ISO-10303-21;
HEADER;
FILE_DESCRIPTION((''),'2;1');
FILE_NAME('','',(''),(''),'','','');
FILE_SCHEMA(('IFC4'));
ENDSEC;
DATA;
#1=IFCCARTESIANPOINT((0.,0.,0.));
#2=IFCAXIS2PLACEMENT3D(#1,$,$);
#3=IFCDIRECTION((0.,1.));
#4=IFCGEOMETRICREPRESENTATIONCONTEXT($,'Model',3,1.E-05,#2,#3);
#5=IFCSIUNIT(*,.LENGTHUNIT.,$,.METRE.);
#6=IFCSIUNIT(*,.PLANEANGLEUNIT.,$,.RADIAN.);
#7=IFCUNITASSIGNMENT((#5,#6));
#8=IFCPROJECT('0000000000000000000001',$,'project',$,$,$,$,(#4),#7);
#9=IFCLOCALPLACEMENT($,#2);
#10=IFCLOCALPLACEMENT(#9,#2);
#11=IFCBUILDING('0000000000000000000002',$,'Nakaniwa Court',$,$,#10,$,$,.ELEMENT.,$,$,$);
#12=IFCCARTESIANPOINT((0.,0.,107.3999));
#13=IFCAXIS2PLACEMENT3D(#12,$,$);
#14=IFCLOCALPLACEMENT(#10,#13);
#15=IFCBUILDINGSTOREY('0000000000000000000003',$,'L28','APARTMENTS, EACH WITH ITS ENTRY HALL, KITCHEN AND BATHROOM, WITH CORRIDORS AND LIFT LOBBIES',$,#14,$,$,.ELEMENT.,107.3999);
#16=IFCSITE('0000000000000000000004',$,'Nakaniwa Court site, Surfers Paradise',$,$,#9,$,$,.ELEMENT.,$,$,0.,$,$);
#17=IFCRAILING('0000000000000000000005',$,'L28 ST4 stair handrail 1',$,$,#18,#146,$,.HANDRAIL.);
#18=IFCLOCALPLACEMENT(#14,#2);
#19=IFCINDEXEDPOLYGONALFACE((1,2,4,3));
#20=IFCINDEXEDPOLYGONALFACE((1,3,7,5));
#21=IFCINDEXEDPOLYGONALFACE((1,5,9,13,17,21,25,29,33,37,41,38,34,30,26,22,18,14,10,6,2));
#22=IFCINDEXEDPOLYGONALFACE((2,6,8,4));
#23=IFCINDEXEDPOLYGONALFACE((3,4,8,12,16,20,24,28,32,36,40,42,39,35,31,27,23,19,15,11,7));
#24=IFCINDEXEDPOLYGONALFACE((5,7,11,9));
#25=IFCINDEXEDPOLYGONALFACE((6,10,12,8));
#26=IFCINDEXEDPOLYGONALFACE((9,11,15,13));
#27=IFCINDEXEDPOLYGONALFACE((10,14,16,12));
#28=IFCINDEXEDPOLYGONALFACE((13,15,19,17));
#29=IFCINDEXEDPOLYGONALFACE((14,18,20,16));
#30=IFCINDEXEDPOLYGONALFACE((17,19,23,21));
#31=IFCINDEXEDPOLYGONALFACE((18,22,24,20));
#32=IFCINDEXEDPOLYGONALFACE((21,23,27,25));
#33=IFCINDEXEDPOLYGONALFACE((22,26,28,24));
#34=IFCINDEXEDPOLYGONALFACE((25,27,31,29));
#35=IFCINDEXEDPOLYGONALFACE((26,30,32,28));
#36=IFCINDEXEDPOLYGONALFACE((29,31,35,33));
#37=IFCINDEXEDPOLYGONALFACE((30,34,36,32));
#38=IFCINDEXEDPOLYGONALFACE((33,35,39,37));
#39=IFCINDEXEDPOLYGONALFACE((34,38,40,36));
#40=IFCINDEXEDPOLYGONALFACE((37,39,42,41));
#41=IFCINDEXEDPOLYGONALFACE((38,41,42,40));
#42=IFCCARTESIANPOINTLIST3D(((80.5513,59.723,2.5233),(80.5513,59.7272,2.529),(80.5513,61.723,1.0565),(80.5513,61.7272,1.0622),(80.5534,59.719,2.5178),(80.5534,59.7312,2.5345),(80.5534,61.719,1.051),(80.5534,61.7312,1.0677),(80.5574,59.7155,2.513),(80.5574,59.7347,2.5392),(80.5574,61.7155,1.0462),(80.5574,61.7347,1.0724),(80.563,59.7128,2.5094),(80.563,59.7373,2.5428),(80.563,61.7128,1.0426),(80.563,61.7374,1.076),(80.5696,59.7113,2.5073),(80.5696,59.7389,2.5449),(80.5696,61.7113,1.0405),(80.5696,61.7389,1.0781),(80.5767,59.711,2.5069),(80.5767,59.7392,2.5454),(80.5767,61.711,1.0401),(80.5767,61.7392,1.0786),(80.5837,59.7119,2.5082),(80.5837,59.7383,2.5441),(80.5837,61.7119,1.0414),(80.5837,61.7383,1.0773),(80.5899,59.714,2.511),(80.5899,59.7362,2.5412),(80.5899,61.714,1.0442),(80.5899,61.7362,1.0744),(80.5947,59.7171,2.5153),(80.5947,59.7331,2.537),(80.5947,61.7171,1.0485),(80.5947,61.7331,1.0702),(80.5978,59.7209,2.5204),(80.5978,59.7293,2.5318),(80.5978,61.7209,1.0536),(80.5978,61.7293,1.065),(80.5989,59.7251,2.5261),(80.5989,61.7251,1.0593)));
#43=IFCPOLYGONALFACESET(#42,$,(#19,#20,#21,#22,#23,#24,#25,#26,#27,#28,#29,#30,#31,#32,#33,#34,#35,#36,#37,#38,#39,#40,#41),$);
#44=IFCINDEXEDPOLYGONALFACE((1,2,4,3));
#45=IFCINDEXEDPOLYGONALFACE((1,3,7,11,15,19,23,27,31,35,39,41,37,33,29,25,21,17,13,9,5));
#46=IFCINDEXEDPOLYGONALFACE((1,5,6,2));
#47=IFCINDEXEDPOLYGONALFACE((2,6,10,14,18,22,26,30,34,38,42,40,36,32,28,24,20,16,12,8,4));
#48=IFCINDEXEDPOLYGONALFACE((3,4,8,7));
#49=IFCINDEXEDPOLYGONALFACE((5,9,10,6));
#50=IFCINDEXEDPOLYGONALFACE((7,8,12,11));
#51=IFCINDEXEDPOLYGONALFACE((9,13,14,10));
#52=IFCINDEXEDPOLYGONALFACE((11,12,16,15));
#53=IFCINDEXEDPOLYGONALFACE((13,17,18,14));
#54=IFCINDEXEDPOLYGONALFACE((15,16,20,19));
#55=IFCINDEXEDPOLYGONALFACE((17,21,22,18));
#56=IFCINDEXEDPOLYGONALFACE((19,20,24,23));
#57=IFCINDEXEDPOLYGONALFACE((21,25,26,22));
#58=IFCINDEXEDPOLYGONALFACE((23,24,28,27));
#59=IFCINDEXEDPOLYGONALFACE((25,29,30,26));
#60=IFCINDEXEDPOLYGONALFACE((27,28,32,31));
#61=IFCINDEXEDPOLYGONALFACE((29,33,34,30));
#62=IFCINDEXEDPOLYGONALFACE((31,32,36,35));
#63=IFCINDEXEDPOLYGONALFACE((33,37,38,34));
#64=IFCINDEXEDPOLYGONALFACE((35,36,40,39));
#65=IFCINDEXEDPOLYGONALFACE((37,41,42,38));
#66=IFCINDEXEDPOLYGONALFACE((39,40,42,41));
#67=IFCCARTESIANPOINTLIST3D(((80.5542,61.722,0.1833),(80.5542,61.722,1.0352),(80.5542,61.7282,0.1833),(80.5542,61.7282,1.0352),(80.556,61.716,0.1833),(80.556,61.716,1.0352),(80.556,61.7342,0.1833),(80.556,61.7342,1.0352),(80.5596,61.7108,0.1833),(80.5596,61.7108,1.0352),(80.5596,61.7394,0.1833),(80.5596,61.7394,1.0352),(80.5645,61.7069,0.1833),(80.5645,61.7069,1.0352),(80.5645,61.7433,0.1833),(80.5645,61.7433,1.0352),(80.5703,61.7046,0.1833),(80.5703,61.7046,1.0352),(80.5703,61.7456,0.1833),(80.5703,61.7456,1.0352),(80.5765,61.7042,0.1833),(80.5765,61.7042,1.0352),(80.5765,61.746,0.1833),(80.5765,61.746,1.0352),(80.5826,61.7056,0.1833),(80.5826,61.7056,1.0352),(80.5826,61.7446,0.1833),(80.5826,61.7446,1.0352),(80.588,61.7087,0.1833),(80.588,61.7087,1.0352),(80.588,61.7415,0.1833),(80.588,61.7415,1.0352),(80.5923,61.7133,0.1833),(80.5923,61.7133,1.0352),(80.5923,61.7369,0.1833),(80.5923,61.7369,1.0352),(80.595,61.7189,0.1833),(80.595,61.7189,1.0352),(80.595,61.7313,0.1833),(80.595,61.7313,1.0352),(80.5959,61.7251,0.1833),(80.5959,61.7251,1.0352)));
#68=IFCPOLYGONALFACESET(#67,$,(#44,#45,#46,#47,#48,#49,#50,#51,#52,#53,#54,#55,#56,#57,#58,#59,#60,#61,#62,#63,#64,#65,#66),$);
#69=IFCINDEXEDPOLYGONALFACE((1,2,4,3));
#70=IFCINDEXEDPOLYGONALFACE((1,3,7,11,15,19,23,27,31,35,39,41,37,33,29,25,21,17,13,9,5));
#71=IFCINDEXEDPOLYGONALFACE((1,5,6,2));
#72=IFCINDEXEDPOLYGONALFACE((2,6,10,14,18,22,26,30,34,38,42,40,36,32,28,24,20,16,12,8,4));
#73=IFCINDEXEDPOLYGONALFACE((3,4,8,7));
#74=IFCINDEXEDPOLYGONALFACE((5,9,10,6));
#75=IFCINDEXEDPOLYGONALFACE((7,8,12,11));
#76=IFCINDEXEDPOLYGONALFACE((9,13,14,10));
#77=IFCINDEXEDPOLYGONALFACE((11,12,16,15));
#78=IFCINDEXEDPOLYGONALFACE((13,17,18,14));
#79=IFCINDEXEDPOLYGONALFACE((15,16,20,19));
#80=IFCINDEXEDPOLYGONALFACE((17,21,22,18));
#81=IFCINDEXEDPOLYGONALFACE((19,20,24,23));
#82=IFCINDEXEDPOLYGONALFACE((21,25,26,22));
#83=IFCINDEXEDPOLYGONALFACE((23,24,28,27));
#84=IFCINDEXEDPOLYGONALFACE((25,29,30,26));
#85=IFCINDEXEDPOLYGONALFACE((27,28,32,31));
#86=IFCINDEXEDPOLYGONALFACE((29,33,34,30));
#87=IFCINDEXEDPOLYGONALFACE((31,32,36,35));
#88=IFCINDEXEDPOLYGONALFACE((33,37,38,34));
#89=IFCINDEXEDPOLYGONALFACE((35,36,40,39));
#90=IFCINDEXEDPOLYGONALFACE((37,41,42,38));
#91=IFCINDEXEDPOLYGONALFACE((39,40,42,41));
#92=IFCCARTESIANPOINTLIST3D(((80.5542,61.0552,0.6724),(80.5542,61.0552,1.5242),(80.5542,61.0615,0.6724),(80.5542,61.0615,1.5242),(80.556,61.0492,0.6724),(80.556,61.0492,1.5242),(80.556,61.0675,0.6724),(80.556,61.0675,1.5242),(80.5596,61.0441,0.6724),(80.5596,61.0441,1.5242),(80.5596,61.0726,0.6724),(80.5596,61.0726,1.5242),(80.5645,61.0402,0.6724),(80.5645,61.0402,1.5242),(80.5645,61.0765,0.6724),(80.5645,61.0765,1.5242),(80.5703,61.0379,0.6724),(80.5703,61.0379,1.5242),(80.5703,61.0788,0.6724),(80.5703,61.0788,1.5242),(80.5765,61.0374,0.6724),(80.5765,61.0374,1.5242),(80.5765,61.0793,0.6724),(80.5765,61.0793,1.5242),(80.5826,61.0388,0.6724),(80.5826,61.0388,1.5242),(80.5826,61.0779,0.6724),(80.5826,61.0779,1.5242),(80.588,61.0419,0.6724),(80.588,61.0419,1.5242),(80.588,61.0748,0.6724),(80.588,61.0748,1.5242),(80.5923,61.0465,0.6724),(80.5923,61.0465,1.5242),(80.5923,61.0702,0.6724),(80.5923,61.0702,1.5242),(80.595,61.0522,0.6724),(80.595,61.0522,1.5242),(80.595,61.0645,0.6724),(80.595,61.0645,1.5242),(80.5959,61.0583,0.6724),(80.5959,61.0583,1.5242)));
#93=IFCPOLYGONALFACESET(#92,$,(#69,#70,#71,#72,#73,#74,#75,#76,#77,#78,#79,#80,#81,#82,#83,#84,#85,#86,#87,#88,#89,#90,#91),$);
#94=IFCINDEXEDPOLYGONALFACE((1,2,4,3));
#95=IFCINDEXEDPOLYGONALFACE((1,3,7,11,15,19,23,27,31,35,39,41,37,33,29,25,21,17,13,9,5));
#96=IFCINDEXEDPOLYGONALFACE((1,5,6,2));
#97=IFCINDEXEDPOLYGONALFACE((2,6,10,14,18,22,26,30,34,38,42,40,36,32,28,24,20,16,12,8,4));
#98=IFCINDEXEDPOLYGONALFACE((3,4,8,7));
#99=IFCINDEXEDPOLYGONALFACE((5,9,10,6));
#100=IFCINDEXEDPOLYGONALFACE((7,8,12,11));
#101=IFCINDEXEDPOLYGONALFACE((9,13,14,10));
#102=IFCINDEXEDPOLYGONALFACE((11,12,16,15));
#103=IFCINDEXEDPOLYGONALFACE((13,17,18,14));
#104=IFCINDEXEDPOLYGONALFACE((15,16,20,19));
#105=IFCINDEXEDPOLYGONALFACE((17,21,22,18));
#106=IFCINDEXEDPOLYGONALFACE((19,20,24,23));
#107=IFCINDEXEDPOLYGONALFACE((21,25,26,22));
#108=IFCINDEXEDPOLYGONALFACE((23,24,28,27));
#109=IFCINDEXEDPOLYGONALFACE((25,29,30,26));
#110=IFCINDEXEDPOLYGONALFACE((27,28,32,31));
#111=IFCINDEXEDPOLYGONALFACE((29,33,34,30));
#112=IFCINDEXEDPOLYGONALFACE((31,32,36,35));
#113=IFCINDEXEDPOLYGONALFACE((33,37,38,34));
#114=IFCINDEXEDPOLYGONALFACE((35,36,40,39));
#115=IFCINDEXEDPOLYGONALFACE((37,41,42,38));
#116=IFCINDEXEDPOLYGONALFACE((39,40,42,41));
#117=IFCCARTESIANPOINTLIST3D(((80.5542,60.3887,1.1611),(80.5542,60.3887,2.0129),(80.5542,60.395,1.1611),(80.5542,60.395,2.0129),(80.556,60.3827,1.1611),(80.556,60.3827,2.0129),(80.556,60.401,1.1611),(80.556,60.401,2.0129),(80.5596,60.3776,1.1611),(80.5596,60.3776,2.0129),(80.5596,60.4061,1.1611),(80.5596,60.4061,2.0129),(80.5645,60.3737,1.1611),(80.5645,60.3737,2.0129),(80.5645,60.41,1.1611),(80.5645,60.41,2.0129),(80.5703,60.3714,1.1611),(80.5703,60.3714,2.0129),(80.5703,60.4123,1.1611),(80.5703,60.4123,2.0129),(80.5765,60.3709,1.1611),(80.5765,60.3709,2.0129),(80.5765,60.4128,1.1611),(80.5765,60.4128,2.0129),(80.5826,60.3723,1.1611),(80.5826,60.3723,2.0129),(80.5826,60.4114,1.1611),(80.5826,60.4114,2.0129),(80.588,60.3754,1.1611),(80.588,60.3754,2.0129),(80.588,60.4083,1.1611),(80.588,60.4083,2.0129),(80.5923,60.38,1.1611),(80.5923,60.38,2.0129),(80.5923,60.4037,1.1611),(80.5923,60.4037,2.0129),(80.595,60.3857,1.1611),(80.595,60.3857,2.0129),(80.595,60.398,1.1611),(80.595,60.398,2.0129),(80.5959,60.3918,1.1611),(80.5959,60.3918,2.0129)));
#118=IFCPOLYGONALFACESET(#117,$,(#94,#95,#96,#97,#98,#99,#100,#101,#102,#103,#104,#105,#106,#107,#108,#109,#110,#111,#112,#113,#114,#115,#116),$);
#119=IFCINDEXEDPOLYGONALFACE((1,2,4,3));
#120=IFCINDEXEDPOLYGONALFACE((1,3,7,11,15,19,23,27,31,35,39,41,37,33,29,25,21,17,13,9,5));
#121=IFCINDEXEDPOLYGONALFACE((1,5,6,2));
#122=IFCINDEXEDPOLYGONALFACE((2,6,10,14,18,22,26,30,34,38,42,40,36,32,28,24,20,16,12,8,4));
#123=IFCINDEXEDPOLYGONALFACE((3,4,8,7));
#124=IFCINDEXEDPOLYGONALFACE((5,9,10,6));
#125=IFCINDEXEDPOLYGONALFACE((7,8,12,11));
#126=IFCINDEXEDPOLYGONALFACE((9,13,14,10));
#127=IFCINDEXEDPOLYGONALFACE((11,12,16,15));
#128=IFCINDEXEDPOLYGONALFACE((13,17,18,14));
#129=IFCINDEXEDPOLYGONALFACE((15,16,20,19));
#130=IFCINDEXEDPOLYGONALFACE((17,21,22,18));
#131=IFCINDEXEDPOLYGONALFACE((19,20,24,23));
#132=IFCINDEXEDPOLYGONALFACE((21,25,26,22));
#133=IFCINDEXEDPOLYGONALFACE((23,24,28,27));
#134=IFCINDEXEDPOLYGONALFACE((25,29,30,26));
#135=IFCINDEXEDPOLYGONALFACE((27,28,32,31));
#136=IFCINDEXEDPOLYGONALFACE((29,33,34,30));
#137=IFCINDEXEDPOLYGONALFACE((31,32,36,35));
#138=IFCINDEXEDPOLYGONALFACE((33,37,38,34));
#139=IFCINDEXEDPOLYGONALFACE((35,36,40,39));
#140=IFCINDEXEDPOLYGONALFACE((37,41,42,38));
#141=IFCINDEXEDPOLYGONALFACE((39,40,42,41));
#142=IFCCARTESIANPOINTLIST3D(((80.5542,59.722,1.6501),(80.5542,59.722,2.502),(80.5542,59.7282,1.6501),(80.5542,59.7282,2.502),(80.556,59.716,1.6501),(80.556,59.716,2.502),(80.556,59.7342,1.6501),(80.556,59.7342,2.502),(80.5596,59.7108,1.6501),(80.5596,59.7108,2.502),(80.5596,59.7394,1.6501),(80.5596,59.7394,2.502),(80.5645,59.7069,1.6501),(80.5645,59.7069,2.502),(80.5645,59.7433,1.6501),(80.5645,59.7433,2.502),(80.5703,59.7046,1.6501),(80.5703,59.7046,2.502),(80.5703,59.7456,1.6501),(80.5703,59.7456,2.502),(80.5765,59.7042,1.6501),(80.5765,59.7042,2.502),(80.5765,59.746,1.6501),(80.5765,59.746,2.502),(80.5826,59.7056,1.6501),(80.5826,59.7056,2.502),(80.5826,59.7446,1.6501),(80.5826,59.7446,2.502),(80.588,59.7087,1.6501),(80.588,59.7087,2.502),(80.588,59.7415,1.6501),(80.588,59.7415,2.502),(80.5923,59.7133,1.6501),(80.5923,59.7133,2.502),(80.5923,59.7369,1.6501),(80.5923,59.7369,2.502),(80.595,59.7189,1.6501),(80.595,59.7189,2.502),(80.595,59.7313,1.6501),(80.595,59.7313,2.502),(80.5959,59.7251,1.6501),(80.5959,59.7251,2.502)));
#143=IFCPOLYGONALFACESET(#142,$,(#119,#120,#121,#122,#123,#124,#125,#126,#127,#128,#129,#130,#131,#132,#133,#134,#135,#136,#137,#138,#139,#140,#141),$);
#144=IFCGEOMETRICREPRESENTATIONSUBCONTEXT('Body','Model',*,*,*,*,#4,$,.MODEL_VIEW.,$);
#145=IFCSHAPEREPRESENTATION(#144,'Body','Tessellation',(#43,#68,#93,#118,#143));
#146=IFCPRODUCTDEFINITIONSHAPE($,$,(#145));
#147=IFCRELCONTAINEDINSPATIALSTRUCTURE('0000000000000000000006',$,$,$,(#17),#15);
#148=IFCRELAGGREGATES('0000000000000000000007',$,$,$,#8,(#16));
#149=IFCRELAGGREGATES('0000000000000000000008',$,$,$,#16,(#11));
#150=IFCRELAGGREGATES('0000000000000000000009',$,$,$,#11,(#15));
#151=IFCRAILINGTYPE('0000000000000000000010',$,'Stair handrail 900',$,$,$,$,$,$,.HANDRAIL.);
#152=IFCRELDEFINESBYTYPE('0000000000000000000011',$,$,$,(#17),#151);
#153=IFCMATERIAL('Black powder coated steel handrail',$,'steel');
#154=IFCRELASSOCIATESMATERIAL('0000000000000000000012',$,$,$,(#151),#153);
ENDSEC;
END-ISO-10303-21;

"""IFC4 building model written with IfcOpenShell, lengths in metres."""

from ifc_helpers import new_model, si_unit, direction, frame, origin, origin_2d, place, context, subcontext, project, spatial, circle, extrude, material, type_object, element, save


model = new_model("IFC4")

# Units and contexts
model_context = context("Model", 3, precision=1e-05, world=origin(), true_north=direction((0.0, 1.0)))
body_context = subcontext(model_context, "Body", "Model", "MODEL_VIEW")
ifc_project = project(units=[si_unit("LENGTHUNIT", "METRE"), si_unit("PLANEANGLEUNIT", "RADIAN")], contexts=[model_context])

# Site, building, storey
site_placement = place(None, origin())
site = spatial("IfcSite", under=ifc_project, at=site_placement, Name="Nakaniwa Court site, Surfers Paradise", CompositionType="ELEMENT", RefElevation=0.0)
building_placement = place(site_placement, origin())
building = spatial("IfcBuilding", under=site, at=building_placement, Name="Nakaniwa Court", CompositionType="ELEMENT")
storey_placement = place(building_placement, frame((0.0, 0.0, 107.3999)))
storey = spatial("IfcBuildingStorey", under=building, at=storey_placement, Name="L28", Description="APARTMENTS, EACH WITH ITS ENTRY HALL, KITCHEN AND BATHROOM, WITH CORRIDORS AND LIFT LOBBIES", CompositionType="ELEMENT", Elevation=107.3999)

# Railing
ifc_material_1 = material(Name="Black powder coated steel handrail", Category="steel")
railing_type_1 = type_object("IfcRailingType", Name="Stair handrail 900", PredefinedType="HANDRAIL", material=ifc_material_1)
railing_1_placement = place(storey_placement, frame((80.575, 61.7251, 0.1833)))
element("IfcRailing", 1, at=railing_1_placement, inside=storey, type_object=railing_type_1, Name="L28 ST4 stair handrail 1", PredefinedType="HANDRAIL", context=body_context, shape_type="SweptSolid", body=[
    extrude(circle(Radius=0.0239, at=origin_2d()), frame((0.0, 0.0, 0.876), z_axis=(0.0, -0.80638, 0.591398), x_axis=(1.0, 0.0, 0.0)), (0.0, 0.0, 1.0), 2.4802),
    extrude(circle(Radius=0.021, at=origin_2d()), origin(), (0.0, 0.0, 1.0), 0.8518),
    extrude(circle(Radius=0.021, at=origin_2d()), frame((0.0, -0.6667, 0.489)), (0.0, 0.0, 1.0), 0.8518),
    extrude(circle(Radius=0.021, at=origin_2d()), frame((0.0, -1.3333, 0.9778)), (0.0, 0.0, 1.0), 0.8518),
    extrude(circle(Radius=0.021, at=origin_2d()), frame((0.0, -2.0, 1.4668)), (0.0, 0.0, 1.0), 0.8518),
])

save(model, "model.ifc")
